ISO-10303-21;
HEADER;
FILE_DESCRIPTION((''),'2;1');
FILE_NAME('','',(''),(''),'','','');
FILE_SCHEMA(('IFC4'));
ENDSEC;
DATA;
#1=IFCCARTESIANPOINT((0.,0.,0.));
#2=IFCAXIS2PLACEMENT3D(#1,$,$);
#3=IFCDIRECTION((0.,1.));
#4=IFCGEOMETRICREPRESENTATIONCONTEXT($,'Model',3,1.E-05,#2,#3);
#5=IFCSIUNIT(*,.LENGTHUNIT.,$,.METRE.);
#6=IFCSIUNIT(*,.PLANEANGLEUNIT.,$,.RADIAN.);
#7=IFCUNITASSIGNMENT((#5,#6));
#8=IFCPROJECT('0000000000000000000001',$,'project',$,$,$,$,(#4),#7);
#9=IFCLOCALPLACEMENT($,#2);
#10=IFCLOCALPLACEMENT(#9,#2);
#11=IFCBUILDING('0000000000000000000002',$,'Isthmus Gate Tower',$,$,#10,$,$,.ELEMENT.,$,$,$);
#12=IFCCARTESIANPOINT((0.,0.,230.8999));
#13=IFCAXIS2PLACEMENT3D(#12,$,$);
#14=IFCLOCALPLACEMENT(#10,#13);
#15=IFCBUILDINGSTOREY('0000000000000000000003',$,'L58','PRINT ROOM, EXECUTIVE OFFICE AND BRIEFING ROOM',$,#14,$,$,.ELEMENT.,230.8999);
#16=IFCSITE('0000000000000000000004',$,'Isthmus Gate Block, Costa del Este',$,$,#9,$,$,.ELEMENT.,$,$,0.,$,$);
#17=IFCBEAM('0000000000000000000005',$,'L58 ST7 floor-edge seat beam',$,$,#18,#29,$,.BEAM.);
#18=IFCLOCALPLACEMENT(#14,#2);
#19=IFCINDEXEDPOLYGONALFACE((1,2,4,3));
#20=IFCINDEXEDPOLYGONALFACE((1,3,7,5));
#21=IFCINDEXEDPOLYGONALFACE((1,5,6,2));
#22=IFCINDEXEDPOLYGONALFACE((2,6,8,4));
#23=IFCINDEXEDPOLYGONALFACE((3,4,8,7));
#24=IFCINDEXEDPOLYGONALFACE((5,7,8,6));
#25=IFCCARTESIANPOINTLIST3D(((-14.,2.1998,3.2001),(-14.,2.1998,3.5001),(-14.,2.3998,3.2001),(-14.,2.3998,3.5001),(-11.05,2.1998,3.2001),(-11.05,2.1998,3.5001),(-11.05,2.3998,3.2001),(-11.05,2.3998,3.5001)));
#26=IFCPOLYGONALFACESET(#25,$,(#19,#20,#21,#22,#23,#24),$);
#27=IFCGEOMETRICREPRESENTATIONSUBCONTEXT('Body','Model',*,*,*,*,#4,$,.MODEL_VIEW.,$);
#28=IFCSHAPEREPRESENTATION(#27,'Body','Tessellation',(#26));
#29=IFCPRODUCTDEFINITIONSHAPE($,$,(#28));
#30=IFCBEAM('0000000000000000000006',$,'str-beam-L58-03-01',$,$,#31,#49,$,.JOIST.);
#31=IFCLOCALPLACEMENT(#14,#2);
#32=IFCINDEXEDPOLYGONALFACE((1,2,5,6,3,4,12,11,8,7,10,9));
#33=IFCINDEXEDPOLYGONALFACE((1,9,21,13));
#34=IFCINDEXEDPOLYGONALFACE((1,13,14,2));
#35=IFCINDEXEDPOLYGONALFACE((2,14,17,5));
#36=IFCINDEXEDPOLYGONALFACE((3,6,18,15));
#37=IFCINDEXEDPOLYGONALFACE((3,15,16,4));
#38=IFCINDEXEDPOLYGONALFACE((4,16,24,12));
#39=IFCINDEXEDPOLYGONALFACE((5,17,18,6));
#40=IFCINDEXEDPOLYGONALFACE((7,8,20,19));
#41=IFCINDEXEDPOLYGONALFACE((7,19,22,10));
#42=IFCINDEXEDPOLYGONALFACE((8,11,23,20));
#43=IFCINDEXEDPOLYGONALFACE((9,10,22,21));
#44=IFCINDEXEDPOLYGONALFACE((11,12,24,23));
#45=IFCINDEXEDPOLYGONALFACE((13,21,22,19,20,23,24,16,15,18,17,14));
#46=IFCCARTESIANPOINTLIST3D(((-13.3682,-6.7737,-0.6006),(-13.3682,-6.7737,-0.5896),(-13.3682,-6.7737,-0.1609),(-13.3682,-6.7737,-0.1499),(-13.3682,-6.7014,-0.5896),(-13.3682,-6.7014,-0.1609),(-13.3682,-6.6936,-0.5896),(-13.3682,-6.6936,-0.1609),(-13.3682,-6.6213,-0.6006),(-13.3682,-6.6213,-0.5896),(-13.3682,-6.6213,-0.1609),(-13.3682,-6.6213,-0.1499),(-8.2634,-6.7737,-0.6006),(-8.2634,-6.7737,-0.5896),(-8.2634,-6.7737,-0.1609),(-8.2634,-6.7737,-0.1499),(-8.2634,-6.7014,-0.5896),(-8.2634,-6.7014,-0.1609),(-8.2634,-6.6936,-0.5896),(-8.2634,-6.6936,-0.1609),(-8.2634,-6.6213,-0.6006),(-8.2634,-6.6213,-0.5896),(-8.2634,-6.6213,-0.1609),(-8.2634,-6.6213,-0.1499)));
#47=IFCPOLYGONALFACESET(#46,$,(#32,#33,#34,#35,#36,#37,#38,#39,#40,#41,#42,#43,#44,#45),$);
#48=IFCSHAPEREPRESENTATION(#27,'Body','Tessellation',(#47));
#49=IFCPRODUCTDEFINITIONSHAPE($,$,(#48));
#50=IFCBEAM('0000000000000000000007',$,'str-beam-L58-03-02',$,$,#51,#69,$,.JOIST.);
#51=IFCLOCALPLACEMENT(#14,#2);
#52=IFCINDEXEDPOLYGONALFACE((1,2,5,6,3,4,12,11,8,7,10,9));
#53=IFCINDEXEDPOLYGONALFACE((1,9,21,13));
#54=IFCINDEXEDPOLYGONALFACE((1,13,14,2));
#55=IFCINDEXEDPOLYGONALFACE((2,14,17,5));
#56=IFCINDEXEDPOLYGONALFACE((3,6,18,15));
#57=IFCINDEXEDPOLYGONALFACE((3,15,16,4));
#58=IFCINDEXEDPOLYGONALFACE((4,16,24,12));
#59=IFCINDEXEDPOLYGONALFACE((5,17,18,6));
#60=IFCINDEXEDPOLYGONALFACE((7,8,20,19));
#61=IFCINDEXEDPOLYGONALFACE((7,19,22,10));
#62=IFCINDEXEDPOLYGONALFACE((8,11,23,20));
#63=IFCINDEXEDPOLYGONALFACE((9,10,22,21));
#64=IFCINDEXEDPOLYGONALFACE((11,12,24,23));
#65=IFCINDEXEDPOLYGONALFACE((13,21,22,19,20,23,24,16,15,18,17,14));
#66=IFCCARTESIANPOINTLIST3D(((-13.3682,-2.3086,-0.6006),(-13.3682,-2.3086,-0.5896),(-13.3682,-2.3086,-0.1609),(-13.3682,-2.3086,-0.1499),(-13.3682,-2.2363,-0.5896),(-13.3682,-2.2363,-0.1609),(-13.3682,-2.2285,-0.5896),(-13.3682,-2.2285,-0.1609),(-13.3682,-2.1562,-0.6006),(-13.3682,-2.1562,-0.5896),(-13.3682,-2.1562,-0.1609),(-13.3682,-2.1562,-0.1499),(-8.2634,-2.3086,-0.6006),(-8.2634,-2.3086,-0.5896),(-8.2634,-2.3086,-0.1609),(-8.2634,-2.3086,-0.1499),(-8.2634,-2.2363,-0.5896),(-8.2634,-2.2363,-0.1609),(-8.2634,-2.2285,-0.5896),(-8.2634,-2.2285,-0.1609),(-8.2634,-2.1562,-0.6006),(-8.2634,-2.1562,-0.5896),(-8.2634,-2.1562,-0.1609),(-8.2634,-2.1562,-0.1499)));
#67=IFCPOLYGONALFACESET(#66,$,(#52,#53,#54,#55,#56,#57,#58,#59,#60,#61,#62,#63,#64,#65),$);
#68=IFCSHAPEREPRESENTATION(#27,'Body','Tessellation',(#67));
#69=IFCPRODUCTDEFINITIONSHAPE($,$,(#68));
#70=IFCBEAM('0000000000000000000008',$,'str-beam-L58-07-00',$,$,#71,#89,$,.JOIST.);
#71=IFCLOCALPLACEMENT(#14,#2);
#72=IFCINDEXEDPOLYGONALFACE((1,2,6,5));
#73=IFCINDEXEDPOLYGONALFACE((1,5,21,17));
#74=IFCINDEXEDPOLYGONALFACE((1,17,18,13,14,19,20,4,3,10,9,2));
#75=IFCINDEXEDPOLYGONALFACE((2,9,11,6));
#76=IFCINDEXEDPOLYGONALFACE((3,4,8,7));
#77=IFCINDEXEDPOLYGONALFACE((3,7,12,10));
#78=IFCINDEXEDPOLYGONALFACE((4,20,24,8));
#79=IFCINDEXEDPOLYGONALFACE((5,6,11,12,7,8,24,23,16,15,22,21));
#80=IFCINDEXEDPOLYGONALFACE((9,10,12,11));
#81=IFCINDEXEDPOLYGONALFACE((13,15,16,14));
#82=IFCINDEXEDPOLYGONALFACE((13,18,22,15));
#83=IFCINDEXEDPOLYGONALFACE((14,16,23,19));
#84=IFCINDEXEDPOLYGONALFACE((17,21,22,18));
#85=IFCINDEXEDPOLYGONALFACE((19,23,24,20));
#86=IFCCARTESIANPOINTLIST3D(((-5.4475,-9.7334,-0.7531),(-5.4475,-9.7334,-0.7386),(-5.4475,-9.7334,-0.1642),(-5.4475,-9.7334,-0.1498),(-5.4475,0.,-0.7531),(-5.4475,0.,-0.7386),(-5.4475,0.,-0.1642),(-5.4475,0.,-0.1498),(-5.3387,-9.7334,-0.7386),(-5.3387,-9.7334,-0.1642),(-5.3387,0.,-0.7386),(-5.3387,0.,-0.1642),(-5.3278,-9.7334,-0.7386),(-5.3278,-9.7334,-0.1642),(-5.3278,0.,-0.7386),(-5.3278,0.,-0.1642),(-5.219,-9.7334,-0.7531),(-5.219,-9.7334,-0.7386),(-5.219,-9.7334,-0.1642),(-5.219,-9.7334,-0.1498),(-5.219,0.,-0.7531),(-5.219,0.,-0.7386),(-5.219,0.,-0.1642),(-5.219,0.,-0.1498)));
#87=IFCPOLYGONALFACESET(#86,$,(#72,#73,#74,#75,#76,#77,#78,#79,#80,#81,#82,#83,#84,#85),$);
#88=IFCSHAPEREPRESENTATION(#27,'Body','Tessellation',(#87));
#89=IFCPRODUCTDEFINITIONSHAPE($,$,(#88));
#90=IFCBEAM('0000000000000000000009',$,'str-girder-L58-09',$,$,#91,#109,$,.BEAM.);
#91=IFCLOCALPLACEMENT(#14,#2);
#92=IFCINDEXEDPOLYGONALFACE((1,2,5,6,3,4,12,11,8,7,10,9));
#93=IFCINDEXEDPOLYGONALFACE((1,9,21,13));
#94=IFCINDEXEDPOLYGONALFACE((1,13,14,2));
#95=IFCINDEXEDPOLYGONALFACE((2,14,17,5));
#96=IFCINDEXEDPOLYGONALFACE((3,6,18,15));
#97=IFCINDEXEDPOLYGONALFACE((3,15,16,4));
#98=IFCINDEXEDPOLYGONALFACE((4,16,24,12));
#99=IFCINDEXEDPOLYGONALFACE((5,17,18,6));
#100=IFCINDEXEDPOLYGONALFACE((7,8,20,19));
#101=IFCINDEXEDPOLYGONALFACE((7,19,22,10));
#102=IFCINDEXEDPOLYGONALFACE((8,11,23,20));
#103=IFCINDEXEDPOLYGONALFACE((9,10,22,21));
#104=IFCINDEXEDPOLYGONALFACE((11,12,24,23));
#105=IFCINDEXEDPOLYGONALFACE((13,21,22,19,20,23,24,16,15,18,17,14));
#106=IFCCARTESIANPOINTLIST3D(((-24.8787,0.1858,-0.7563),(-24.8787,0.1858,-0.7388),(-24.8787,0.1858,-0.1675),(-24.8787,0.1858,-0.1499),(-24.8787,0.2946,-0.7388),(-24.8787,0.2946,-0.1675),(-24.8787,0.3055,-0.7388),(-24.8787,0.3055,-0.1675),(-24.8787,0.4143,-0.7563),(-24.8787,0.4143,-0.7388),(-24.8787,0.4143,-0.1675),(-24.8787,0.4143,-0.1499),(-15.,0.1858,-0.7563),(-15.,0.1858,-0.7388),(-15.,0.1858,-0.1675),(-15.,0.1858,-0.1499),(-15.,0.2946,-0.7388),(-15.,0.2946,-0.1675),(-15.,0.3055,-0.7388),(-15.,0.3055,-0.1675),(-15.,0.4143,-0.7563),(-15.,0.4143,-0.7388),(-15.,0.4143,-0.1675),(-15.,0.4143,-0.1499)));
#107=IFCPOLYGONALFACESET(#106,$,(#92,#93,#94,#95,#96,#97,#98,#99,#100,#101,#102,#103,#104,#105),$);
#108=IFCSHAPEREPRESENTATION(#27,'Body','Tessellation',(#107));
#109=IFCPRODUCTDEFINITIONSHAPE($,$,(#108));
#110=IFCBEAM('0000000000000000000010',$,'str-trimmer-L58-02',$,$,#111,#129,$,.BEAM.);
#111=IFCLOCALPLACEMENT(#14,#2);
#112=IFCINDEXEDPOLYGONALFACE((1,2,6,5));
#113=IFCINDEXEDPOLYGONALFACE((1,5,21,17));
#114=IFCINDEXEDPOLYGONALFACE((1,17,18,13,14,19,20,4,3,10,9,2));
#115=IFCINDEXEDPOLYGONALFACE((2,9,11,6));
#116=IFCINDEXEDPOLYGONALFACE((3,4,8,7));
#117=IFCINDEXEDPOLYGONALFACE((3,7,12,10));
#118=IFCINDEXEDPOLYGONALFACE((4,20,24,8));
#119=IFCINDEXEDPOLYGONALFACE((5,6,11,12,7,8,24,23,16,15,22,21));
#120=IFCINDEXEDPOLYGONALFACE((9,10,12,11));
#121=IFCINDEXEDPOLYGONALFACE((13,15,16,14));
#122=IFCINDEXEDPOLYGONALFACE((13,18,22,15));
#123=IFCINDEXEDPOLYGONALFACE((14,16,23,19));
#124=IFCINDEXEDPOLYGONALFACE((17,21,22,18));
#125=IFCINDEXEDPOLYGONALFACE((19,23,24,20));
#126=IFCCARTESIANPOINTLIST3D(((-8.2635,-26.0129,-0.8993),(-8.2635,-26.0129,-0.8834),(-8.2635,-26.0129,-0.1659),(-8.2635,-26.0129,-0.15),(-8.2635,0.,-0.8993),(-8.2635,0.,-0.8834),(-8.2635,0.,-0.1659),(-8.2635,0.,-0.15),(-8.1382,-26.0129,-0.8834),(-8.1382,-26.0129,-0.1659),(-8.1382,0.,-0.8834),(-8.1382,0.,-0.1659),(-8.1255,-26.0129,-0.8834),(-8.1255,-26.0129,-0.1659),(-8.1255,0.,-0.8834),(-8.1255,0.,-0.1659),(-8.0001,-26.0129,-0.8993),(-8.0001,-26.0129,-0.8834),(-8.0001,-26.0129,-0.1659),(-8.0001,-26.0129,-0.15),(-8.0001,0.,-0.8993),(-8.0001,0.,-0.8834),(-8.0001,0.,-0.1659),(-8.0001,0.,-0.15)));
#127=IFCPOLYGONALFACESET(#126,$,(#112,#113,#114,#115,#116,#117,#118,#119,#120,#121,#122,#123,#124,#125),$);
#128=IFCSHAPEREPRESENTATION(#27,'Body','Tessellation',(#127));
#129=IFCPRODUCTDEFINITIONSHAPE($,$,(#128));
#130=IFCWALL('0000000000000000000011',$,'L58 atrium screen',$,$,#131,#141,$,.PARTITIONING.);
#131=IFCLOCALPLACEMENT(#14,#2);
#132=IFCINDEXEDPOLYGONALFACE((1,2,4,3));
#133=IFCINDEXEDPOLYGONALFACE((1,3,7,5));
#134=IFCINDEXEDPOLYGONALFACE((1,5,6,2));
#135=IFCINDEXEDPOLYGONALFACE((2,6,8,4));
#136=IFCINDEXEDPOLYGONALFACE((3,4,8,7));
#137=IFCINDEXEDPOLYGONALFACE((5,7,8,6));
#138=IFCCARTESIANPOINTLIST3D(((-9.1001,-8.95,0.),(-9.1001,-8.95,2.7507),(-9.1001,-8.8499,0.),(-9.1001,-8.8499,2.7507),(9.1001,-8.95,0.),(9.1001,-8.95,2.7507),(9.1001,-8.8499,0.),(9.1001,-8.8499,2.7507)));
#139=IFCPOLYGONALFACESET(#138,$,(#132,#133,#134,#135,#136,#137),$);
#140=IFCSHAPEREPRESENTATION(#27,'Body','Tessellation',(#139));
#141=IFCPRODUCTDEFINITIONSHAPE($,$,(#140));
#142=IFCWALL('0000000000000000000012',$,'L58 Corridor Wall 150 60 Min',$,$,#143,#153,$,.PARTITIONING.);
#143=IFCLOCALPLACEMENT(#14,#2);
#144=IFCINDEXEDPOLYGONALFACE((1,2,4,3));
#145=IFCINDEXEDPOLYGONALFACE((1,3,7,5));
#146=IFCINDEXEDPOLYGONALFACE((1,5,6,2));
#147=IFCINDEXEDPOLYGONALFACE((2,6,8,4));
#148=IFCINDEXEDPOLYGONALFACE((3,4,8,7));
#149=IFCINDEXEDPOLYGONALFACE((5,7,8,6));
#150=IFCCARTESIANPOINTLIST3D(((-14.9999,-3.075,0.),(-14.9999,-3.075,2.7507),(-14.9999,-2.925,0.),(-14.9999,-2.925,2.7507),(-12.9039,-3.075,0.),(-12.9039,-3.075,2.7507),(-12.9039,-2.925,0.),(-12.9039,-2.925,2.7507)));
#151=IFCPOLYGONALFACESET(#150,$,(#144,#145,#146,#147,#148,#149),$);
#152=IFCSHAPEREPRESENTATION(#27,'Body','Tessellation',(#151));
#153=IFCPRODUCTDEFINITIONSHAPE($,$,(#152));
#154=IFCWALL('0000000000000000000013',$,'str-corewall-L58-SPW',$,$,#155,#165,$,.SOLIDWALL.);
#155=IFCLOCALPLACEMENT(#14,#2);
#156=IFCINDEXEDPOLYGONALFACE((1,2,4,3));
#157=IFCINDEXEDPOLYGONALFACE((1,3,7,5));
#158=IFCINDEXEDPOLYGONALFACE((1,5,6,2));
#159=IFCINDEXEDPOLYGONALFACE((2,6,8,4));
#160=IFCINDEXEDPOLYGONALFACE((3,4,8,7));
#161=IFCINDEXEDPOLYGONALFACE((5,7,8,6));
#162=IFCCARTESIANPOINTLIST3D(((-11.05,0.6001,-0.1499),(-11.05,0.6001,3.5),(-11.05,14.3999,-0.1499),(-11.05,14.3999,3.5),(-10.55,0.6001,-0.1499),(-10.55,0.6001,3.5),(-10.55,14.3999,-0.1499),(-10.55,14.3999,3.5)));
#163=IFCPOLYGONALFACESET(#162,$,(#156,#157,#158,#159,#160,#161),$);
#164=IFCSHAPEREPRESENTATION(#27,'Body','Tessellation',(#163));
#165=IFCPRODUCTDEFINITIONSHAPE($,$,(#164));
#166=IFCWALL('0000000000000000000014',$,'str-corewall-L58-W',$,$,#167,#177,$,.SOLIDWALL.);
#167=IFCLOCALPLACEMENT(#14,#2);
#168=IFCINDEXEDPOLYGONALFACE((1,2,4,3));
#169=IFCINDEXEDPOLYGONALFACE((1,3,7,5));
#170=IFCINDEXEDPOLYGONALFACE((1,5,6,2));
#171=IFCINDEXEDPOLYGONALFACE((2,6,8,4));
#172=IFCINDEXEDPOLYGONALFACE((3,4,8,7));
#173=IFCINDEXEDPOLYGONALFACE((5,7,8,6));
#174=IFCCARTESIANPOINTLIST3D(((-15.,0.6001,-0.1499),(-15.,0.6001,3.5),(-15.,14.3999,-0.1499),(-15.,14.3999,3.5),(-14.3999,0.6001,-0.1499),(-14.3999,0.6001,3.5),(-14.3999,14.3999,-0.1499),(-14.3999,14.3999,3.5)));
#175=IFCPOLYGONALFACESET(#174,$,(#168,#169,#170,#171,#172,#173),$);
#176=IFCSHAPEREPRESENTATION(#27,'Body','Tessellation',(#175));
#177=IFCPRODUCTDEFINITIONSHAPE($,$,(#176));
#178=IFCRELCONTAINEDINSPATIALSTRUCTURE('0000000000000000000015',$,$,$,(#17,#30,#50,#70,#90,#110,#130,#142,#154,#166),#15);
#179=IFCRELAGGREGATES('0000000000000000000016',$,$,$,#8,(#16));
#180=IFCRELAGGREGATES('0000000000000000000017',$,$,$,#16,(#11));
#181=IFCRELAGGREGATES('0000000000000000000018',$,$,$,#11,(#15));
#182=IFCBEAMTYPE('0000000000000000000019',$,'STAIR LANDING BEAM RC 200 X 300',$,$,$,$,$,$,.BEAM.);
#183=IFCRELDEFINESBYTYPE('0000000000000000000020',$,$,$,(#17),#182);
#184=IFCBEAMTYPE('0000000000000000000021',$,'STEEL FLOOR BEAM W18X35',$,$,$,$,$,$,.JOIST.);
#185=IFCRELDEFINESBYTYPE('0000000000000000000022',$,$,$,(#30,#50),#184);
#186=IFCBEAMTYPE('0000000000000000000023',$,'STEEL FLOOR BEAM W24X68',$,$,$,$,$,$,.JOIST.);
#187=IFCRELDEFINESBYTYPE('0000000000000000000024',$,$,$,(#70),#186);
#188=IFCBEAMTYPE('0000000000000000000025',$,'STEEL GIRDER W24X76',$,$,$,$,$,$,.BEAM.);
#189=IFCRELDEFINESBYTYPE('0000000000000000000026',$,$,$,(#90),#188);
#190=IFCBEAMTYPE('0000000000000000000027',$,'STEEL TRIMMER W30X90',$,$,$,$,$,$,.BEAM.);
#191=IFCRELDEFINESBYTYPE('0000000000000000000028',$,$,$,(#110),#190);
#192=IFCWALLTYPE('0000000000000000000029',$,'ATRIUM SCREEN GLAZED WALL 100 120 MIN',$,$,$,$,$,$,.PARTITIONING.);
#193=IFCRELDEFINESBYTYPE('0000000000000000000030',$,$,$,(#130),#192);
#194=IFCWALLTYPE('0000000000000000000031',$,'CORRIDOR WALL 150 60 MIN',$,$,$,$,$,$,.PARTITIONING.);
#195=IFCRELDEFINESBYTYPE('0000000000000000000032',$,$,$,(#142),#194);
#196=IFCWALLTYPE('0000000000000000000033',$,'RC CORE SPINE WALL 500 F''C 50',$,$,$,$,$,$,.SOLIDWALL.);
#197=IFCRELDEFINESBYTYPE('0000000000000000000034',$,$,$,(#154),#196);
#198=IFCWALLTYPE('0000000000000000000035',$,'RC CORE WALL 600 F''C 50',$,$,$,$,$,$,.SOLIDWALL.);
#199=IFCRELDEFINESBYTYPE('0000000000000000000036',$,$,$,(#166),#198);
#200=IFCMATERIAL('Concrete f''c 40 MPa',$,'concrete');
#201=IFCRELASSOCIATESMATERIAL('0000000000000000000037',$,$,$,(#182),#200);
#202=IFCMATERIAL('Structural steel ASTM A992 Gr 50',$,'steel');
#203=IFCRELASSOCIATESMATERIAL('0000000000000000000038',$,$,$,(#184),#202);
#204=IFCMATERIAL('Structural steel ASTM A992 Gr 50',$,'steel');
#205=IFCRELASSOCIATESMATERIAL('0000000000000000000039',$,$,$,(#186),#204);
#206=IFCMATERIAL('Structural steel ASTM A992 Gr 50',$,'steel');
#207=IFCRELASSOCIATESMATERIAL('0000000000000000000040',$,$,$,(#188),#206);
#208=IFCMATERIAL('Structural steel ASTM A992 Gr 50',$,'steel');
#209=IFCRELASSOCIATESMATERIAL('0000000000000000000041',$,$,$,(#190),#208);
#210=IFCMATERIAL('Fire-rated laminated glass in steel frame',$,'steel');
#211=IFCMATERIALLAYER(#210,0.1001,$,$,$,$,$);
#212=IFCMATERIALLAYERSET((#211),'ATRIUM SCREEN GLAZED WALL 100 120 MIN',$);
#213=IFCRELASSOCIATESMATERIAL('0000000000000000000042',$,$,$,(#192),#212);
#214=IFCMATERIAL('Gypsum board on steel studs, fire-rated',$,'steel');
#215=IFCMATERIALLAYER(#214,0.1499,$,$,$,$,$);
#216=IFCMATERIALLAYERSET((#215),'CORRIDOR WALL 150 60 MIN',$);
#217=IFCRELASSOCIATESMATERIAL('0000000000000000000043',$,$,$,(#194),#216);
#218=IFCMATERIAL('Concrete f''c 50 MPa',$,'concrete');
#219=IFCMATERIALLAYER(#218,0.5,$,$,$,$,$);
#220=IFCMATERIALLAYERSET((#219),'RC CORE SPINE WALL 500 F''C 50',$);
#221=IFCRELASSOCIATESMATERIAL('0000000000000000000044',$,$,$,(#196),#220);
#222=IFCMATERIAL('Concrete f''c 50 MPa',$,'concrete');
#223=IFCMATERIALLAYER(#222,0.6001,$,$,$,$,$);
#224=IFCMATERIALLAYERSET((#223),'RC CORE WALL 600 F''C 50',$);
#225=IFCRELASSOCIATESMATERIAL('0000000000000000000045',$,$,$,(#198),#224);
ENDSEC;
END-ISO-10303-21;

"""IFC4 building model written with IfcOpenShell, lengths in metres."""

from ifc_helpers import new_model, si_unit, direction, frame, frame_2d, origin, origin_2d, place, context, subcontext, project, spatial, rectangle, i_section, extrude, material, layer, layer_set, material_profile, profile_set, type_object, element, save


model = new_model("IFC4")

# Units and contexts
model_context = context("Model", 3, precision=1e-05, world=origin(), true_north=direction((0.0, 1.0)))
body_context = subcontext(model_context, "Body", "Model", "MODEL_VIEW")
ifc_project = project(units=[si_unit("LENGTHUNIT", "METRE"), si_unit("PLANEANGLEUNIT", "RADIAN")], contexts=[model_context])

# Site, building, storey
site_placement = place(None, origin())
site = spatial("IfcSite", under=ifc_project, at=site_placement, Name="Isthmus Gate Block, Costa del Este", CompositionType="ELEMENT", RefElevation=0.0)
building_placement = place(site_placement, origin())
building = spatial("IfcBuilding", under=site, at=building_placement, Name="Isthmus Gate Tower", CompositionType="ELEMENT")
storey_placement = place(building_placement, frame((0.0, 0.0, 230.8999)))
storey = spatial("IfcBuildingStorey", under=building, at=storey_placement, Name="L58", Description="PRINT ROOM, EXECUTIVE OFFICE AND BRIEFING ROOM", CompositionType="ELEMENT", Elevation=230.8999)

# Beams
ifc_material_1 = material(Name="Concrete f'c 40 MPa", Category="concrete")
ifc_material_profile_1 = material_profile(ifc_material_1, rectangle(XDim=0.2, YDim=0.3, at=origin_2d()), Name="STAIR LANDING BEAM RC 200 X 300")
ifc_profile_set_1 = profile_set([ifc_material_profile_1], Name="Concrete f'c 40 MPa")
beam_type_1 = type_object("IfcBeamType", Name="STAIR LANDING BEAM RC 200 X 300", PredefinedType="BEAM", material=ifc_profile_set_1)
beam_1_placement = place(storey_placement, frame((-14.0, 2.2998, 3.3501), z_axis=(1.0, 0.0, 0.0), x_axis=(0.0, 1.0, 0.0)))
element("IfcBeam", 1, at=beam_1_placement, inside=storey, type_object=beam_type_1, Name="L58 ST7 floor-edge seat beam", PredefinedType="BEAM", context=body_context, shape_type="SweptSolid", body=[
    extrude(rectangle(XDim=0.2, YDim=0.3, at=origin_2d()), origin(), (0.0, 0.0, 1.0), 2.95),
])
ifc_material_2 = material(Name="Structural steel ASTM A992 Gr 50", Category="steel")
ifc_material_profile_2 = material_profile(ifc_material_2, i_section(OverallWidth=0.1523, OverallDepth=0.4507, WebThickness=0.0078, FlangeThickness=0.011, at=origin_2d()), Name="W18X35")
ifc_profile_set_2 = profile_set([ifc_material_profile_2], Name="Structural steel ASTM A992 Gr 50")
beam_type_2 = type_object("IfcBeamType", Name="STEEL FLOOR BEAM W18X35", PredefinedType="JOIST", material=ifc_profile_set_2)
for number, where, z_axis, x_axis, name in (
    (2, (-13.3682, -6.6975, -0.3752), (1.0, 0.0, 0.0), (0.0, 1.0, 0.0), "str-beam-L58-03-01"),
    (3, (-13.3682, -2.2324, -0.3752), (1.0, 0.0, 0.0), (0.0, 1.0, 0.0), "str-beam-L58-03-02"),
):
    element("IfcBeam", number, at=place(storey_placement, frame(where, z_axis=z_axis, x_axis=x_axis)), inside=storey, type_object=beam_type_2, Name=name, PredefinedType="JOIST", context=body_context, shape_type="SweptSolid", body=[
        extrude(i_section(OverallWidth=0.1523, OverallDepth=0.4507, WebThickness=0.0078, FlangeThickness=0.011, at=origin_2d()), origin(), (0.0, 0.0, 1.0), 5.1047),
    ])
ifc_material_3 = material(Name="Structural steel ASTM A992 Gr 50", Category="steel")
ifc_material_profile_3 = material_profile(ifc_material_3, i_section(OverallWidth=0.2285, OverallDepth=0.6033, WebThickness=0.011, FlangeThickness=0.0144, at=origin_2d()), Name="W24X68")
ifc_profile_set_3 = profile_set([ifc_material_profile_3], Name="Structural steel ASTM A992 Gr 50")
beam_type_3 = type_object("IfcBeamType", Name="STEEL FLOOR BEAM W24X68", PredefinedType="JOIST", material=ifc_profile_set_3)
beam_2_placement = place(storey_placement, frame((-5.3333, -9.7334, -0.4514), z_axis=(0.0, 1.0, 0.0), x_axis=(-1.0, 0.0, 0.0)))
element("IfcBeam", 4, at=beam_2_placement, inside=storey, type_object=beam_type_3, Name="str-beam-L58-07-00", PredefinedType="JOIST", context=body_context, shape_type="SweptSolid", body=[
    extrude(i_section(OverallWidth=0.2285, OverallDepth=0.6033, WebThickness=0.011, FlangeThickness=0.0144, at=origin_2d()), origin(), (0.0, 0.0, 1.0), 9.7334),
])
ifc_material_4 = material(Name="Structural steel ASTM A992 Gr 50", Category="steel")
ifc_material_profile_4 = material_profile(ifc_material_4, i_section(OverallWidth=0.2285, OverallDepth=0.6064, WebThickness=0.011, FlangeThickness=0.0176, at=origin_2d()), Name="W24X76")
ifc_profile_set_4 = profile_set([ifc_material_profile_4], Name="Structural steel ASTM A992 Gr 50")
beam_type_4 = type_object("IfcBeamType", Name="STEEL GIRDER W24X76", PredefinedType="BEAM", material=ifc_profile_set_4)
beam_3_placement = place(storey_placement, frame((-15.0, 0.3, -0.4531), z_axis=(-1.0, 0.0, 0.0), x_axis=(0.0, -1.0, 0.0)))
element("IfcBeam", 5, at=beam_3_placement, inside=storey, type_object=beam_type_4, Name="str-girder-L58-09", PredefinedType="BEAM", context=body_context, shape_type="SweptSolid", body=[
    extrude(i_section(OverallWidth=0.2285, OverallDepth=0.6064, WebThickness=0.011, FlangeThickness=0.0176, at=origin_2d()), origin(), (0.0, 0.0, 1.0), 9.8787),
])
ifc_material_5 = material(Name="Structural steel ASTM A992 Gr 50", Category="steel")
ifc_material_profile_5 = material_profile(ifc_material_5, i_section(OverallWidth=0.2634, OverallDepth=0.7493, WebThickness=0.0127, FlangeThickness=0.0159, at=origin_2d()), Name="W30X90")
ifc_profile_set_5 = profile_set([ifc_material_profile_5], Name="Structural steel ASTM A992 Gr 50")
beam_type_5 = type_object("IfcBeamType", Name="STEEL TRIMMER W30X90", PredefinedType="BEAM", material=ifc_profile_set_5)
beam_4_placement = place(storey_placement, frame((-8.1318, 0.0, -0.5247), z_axis=(0.0, -1.0, 0.0), x_axis=(1.0, 0.0, 0.0)))
element("IfcBeam", 6, at=beam_4_placement, inside=storey, type_object=beam_type_5, Name="str-trimmer-L58-02", PredefinedType="BEAM", context=body_context, shape_type="SweptSolid", body=[
    extrude(i_section(OverallWidth=0.2634, OverallDepth=0.7493, WebThickness=0.0127, FlangeThickness=0.0159, at=origin_2d()), origin(), (0.0, 0.0, 1.0), 26.0129),
])

# Walls
ifc_material_6 = material(Name="Fire-rated laminated glass in steel frame", Category="steel")
ifc_layer_1 = layer(ifc_material_6, 0.1001)
ifc_layer_set_1 = layer_set([ifc_layer_1], Name="ATRIUM SCREEN GLAZED WALL 100 120 MIN")
wall_type_1 = type_object("IfcWallType", Name="ATRIUM SCREEN GLAZED WALL 100 120 MIN", PredefinedType="PARTITIONING", material=ifc_layer_set_1)
wall_1_placement = place(storey_placement, frame((-9.1001, -8.8999, 0.0), z_axis=(0.0, 0.0, 1.0), x_axis=(1.0, 0.0, 0.0)))
element("IfcWall", 7, at=wall_1_placement, inside=storey, type_object=wall_type_1, Name="L58 atrium screen", PredefinedType="PARTITIONING", context=body_context, shape_type="SweptSolid", body=[
    extrude(rectangle(XDim=18.2002, YDim=0.1001, at=frame_2d((9.1001, 0.0))), origin(), (0.0, 0.0, 1.0), 2.7507),
])
ifc_material_7 = material(Name="Gypsum board on steel studs, fire-rated", Category="steel")
ifc_layer_2 = layer(ifc_material_7, 0.1499)
ifc_layer_set_2 = layer_set([ifc_layer_2], Name="CORRIDOR WALL 150 60 MIN")
wall_type_2 = type_object("IfcWallType", Name="CORRIDOR WALL 150 60 MIN", PredefinedType="PARTITIONING", material=ifc_layer_set_2)
wall_2_placement = place(storey_placement, frame((-12.9041, -3.0, 0.0), z_axis=(0.0, 0.0, 1.0), x_axis=(-1.0, 0.0, 0.0)))
element("IfcWall", 8, at=wall_2_placement, inside=storey, type_object=wall_type_2, Name="L58 Corridor Wall 150 60 Min", PredefinedType="PARTITIONING", context=body_context, shape_type="SweptSolid", body=[
    extrude(rectangle(XDim=2.0959, YDim=0.1499, at=frame_2d((1.0479, 0.0))), origin(), (0.0, 0.0, 1.0), 2.7507),
])
ifc_material_8 = material(Name="Concrete f'c 50 MPa", Category="concrete")
ifc_layer_3 = layer(ifc_material_8, 0.5)
ifc_layer_set_3 = layer_set([ifc_layer_3], Name="RC CORE SPINE WALL 500 F'C 50")
wall_type_3 = type_object("IfcWallType", Name="RC CORE SPINE WALL 500 F'C 50", PredefinedType="SOLIDWALL", material=ifc_layer_set_3)
wall_3_placement = place(storey_placement, frame((-10.8, 0.6001, -0.1499), z_axis=(0.0, 0.0, 1.0), x_axis=(0.0, 1.0, 0.0)))
element("IfcWall", 9, at=wall_3_placement, inside=storey, type_object=wall_type_3, Name="str-corewall-L58-SPW", PredefinedType="SOLIDWALL", context=body_context, shape_type="SweptSolid", body=[
    extrude(rectangle(XDim=13.7998, YDim=0.5, at=frame_2d((6.8999, 0.0))), origin(), (0.0, 0.0, 1.0), 3.6499),
])
ifc_material_9 = material(Name="Concrete f'c 50 MPa", Category="concrete")
ifc_layer_4 = layer(ifc_material_9, 0.6001)
ifc_layer_set_4 = layer_set([ifc_layer_4], Name="RC CORE WALL 600 F'C 50")
wall_type_4 = type_object("IfcWallType", Name="RC CORE WALL 600 F'C 50", PredefinedType="SOLIDWALL", material=ifc_layer_set_4)
wall_4_placement = place(storey_placement, frame((-14.7, 0.6001, -0.1499), z_axis=(0.0, 0.0, 1.0), x_axis=(0.0, 1.0, 0.0)))
element("IfcWall", 10, at=wall_4_placement, inside=storey, type_object=wall_type_4, Name="str-corewall-L58-W", PredefinedType="SOLIDWALL", context=body_context, shape_type="SweptSolid", body=[
    extrude(rectangle(XDim=13.7998, YDim=0.6001, at=frame_2d((6.8999, 0.0))), origin(), (0.0, 0.0, 1.0), 3.6499),
])

save(model, "model.ifc")
